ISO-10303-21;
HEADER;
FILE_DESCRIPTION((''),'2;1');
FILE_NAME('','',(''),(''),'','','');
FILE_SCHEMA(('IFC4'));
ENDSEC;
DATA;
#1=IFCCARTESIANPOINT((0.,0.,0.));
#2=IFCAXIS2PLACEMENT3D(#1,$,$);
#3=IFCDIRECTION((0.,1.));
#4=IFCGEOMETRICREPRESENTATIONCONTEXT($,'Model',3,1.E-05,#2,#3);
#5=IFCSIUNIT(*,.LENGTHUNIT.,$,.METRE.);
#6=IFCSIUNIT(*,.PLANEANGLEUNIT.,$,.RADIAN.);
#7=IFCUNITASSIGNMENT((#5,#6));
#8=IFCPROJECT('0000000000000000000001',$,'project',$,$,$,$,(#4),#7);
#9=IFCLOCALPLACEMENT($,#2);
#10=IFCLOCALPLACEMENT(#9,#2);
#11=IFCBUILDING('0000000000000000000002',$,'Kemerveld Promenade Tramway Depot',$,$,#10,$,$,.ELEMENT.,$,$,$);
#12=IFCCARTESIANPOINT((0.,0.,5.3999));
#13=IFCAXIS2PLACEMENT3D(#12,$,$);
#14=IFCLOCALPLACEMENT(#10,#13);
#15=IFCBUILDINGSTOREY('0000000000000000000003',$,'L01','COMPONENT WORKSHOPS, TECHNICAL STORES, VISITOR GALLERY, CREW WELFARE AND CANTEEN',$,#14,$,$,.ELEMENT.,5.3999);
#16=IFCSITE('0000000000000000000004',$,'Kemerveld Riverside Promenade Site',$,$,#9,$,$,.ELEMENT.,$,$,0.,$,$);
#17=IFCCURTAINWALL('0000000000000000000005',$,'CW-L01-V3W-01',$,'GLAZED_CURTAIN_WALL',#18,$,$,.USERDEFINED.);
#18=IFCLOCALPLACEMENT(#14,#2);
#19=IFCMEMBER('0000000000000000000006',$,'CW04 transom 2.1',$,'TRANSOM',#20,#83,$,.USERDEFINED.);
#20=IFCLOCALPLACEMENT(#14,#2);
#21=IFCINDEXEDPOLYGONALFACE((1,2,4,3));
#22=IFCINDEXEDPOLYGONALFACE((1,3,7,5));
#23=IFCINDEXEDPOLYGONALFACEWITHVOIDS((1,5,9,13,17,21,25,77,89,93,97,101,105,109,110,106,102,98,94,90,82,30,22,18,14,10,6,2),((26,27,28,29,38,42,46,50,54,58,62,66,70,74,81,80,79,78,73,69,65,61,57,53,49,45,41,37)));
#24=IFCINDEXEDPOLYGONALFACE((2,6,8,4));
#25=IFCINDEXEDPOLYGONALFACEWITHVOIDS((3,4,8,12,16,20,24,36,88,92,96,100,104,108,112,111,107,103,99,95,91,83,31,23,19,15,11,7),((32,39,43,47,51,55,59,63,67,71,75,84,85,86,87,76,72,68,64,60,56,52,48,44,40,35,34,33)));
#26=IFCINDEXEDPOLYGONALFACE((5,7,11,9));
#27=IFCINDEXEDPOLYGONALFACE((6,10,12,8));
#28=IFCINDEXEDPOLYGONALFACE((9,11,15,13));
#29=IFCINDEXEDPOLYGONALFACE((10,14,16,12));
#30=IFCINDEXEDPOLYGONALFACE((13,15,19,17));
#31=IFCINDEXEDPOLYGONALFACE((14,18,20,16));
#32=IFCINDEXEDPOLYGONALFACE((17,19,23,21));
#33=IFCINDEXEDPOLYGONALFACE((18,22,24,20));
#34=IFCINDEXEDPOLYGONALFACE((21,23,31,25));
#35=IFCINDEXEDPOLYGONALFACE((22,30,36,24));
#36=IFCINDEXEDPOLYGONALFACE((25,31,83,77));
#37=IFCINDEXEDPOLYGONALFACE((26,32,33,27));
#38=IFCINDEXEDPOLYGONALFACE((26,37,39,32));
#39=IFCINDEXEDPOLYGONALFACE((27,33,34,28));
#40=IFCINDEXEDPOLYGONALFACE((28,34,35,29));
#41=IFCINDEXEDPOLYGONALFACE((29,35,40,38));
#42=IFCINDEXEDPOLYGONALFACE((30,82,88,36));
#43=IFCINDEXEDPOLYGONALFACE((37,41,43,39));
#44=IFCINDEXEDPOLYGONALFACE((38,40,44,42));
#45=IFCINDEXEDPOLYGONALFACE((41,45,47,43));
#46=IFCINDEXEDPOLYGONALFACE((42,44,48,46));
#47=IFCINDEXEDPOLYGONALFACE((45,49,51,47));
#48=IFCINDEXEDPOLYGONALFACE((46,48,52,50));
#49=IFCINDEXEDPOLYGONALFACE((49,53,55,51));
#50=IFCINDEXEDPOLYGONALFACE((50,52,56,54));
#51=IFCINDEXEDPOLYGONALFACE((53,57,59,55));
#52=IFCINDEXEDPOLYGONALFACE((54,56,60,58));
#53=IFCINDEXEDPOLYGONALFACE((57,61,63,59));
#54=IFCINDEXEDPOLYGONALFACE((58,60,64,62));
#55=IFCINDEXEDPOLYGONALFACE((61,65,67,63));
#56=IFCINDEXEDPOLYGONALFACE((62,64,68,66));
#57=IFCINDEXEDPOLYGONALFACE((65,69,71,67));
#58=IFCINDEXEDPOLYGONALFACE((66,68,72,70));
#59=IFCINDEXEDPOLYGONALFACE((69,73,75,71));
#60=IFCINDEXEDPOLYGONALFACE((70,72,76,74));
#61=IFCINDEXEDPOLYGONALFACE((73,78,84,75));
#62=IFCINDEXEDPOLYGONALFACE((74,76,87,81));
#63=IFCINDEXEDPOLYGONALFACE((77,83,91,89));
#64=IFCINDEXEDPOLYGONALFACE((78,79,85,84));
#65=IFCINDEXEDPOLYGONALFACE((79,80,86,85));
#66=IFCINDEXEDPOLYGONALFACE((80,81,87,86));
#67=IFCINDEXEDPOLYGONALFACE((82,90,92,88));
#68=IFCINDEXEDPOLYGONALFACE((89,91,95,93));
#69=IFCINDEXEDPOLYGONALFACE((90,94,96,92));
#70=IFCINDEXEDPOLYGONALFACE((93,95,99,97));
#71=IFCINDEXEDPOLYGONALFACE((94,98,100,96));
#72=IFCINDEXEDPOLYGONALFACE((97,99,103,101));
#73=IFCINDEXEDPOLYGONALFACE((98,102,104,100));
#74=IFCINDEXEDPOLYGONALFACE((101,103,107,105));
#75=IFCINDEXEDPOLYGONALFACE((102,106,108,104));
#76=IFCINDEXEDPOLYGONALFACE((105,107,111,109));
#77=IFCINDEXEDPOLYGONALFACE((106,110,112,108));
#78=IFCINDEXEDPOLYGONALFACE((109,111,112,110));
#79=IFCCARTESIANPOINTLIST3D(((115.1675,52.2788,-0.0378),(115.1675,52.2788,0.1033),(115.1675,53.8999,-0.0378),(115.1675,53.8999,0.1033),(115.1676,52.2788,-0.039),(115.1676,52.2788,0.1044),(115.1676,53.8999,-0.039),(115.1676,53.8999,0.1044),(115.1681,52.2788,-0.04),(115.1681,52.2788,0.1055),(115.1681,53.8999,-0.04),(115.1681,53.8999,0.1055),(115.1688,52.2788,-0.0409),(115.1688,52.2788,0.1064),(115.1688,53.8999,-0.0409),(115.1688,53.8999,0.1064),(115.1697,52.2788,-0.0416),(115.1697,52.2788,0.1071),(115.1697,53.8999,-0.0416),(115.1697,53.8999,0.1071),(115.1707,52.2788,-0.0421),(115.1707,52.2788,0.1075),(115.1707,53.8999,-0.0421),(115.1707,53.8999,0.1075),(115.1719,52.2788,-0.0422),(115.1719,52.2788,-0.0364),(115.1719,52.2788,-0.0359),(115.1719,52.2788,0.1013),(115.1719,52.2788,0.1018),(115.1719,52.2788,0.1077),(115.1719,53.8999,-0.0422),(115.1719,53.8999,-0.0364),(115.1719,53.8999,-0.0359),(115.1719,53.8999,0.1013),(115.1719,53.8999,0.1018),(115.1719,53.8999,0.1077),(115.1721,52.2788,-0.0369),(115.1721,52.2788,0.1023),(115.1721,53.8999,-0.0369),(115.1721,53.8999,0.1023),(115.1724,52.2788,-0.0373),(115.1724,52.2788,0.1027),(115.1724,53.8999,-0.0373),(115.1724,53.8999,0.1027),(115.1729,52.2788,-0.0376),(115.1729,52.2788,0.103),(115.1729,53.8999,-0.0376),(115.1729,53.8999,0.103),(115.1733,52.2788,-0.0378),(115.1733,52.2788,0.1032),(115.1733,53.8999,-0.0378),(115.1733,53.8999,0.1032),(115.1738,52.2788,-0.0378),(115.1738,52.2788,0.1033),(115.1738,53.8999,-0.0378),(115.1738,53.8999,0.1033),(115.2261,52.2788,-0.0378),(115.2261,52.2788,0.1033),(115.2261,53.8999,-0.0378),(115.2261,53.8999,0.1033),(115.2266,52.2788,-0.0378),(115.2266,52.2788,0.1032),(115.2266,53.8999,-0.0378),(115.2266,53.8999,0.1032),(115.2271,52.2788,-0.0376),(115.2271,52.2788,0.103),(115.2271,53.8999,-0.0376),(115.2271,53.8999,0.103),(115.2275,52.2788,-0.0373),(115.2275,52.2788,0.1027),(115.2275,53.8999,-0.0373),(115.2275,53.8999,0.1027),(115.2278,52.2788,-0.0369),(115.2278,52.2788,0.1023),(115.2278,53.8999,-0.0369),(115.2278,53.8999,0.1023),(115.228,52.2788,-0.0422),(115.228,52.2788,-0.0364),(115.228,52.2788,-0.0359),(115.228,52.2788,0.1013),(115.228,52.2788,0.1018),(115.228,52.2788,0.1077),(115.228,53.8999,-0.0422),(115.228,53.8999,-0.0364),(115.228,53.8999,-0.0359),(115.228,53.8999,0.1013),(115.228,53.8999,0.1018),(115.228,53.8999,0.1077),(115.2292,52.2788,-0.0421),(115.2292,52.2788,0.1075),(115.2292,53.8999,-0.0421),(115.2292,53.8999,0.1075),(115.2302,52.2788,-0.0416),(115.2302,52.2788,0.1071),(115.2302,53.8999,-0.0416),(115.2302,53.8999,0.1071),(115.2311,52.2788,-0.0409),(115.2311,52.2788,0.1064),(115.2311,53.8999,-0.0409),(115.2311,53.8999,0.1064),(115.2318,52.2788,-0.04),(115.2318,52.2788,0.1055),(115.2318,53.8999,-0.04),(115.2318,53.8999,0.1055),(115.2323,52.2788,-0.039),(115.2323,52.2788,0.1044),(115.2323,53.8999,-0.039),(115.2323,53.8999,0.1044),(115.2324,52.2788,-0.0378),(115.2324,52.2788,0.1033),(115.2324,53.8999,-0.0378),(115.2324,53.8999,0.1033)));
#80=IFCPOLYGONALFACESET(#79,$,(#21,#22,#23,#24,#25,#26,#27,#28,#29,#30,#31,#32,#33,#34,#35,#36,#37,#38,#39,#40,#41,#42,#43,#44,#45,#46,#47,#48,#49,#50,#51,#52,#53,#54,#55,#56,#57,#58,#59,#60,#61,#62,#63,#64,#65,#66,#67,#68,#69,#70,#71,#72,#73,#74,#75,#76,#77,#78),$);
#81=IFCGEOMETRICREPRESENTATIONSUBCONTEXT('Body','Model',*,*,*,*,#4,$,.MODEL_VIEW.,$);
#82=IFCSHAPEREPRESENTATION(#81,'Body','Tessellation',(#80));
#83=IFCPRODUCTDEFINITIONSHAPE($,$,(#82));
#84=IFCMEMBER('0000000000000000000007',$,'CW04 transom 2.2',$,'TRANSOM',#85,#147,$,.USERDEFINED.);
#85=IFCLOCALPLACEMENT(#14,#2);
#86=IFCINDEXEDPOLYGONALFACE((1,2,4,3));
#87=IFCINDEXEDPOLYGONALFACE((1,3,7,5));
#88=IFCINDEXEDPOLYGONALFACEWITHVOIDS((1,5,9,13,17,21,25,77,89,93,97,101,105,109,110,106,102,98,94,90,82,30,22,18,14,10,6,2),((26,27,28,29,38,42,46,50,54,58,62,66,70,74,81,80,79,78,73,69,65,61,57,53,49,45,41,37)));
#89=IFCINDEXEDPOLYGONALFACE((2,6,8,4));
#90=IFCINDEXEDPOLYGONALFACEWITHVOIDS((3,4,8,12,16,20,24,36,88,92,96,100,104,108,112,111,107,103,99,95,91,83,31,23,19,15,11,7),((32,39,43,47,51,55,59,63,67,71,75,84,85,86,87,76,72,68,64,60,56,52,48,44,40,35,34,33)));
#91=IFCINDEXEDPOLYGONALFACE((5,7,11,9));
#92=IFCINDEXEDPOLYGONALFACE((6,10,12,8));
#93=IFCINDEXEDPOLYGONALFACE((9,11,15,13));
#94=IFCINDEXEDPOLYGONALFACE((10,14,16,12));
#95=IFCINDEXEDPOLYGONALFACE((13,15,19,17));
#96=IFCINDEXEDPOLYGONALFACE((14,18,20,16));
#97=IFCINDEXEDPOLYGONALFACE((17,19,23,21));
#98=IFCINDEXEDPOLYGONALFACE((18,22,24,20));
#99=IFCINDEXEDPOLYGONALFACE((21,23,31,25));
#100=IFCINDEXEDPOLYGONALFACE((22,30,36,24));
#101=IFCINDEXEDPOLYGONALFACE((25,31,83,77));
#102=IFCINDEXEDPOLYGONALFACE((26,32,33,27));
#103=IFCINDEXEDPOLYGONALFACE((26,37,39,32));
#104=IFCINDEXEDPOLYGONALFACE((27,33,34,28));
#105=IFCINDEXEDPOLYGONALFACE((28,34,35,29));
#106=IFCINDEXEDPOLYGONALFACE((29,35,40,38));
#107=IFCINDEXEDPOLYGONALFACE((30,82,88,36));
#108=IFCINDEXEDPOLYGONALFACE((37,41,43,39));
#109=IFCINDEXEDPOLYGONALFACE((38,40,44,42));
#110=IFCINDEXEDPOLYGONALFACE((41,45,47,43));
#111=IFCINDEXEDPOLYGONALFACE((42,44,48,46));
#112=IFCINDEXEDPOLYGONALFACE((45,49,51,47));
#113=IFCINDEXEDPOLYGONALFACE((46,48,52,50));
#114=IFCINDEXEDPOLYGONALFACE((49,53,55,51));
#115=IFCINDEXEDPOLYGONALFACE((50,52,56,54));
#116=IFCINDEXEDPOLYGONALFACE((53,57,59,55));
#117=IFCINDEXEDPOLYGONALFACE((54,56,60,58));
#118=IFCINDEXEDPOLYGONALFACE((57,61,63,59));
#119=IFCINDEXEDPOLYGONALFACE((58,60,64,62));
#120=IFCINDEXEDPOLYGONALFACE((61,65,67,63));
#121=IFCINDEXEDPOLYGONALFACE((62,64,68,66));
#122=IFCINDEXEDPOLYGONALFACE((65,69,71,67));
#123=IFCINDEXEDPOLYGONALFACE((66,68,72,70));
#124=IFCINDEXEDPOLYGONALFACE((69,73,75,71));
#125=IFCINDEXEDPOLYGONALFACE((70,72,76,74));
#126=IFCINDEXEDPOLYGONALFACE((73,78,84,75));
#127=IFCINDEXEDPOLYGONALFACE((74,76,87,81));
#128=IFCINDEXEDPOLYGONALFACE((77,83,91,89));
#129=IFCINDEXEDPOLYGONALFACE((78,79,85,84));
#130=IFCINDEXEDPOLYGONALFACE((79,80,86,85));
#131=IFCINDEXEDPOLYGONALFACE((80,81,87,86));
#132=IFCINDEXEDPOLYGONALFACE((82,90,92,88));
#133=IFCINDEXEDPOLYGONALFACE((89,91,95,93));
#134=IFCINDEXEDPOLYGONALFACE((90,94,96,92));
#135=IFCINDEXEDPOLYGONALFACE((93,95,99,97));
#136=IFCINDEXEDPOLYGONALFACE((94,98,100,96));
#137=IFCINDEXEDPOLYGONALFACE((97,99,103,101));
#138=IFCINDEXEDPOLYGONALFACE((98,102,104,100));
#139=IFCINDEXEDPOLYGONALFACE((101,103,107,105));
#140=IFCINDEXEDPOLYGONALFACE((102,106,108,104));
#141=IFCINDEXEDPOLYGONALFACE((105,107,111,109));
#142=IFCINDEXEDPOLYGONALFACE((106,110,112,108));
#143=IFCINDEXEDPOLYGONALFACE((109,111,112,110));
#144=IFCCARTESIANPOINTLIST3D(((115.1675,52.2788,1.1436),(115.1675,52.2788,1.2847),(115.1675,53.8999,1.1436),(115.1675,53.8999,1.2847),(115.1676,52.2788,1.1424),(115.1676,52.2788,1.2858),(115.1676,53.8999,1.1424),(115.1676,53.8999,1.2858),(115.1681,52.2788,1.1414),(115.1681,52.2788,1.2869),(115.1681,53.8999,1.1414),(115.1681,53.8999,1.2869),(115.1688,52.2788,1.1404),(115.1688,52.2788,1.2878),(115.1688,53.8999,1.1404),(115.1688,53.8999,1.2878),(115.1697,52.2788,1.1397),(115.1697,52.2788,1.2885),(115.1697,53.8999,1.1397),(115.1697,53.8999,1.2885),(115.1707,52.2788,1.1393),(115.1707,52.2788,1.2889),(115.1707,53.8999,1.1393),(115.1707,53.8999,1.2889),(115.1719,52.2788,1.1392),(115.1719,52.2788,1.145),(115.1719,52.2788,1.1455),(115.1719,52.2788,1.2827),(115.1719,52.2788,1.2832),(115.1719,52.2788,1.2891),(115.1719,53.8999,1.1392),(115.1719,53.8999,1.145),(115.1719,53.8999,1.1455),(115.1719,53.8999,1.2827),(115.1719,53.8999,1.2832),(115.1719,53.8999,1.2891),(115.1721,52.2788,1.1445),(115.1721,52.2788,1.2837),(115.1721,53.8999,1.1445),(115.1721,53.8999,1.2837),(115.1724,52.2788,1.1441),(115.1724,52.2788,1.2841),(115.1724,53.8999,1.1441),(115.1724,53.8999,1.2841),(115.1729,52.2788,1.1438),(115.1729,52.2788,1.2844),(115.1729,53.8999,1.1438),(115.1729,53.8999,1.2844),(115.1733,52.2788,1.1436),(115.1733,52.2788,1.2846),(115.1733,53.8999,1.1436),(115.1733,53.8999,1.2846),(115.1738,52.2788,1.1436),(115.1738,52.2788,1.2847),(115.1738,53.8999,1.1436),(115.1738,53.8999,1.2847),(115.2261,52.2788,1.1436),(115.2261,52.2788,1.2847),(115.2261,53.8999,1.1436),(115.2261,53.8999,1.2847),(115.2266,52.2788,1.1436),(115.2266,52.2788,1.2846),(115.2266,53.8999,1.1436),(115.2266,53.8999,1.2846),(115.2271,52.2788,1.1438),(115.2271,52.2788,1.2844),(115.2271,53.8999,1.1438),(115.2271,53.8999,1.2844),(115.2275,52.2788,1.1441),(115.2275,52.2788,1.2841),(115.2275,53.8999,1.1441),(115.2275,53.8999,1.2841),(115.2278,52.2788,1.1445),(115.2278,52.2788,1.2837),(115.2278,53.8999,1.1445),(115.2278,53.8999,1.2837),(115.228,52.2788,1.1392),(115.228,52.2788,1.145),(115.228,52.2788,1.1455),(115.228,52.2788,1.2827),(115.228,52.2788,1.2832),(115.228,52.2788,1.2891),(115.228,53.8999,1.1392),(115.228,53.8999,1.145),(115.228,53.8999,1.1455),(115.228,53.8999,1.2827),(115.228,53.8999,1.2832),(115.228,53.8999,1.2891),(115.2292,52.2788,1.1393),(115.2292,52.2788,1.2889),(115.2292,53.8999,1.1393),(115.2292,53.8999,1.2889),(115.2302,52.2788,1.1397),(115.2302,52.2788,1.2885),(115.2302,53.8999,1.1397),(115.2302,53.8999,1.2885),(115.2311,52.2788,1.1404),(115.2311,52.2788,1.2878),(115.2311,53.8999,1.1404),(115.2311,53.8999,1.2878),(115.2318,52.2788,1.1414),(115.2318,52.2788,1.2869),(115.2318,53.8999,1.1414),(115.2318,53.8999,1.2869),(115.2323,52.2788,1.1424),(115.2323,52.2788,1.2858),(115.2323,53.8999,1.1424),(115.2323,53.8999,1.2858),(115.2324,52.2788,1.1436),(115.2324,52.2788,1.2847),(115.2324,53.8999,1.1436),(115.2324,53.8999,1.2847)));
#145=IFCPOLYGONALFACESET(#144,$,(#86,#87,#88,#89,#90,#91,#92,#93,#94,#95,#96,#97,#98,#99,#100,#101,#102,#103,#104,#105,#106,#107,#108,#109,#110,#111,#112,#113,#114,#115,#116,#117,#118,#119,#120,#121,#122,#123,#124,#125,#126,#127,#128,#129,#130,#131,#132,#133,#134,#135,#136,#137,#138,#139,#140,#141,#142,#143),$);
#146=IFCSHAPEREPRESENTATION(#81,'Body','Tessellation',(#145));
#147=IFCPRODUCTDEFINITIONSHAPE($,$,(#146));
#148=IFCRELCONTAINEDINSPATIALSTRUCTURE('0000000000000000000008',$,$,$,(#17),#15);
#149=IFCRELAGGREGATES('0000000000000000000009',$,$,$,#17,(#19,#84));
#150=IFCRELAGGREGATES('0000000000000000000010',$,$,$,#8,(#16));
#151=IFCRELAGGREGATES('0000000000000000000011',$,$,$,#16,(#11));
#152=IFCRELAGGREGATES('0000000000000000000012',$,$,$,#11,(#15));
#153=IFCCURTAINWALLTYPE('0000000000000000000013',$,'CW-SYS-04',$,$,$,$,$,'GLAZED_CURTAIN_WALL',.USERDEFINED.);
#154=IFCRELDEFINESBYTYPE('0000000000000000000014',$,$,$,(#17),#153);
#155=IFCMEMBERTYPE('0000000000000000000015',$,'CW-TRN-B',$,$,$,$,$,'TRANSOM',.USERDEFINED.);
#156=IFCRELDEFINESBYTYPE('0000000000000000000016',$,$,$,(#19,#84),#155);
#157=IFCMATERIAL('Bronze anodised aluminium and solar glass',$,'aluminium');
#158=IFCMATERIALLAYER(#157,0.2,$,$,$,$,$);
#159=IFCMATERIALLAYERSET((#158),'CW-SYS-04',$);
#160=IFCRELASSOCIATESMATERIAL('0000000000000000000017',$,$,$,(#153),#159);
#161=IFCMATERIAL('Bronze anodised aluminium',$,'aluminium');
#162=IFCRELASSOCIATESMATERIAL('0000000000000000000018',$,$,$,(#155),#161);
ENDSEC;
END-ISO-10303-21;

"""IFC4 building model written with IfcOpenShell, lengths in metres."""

from ifc_helpers import new_model, si_unit, direction, frame, origin, origin_2d, place, context, subcontext, project, spatial, hollow_rectangle, extrude, material, layer, layer_set, material_profile, profile_set, type_object, element, aggregate, save


model = new_model("IFC4")

# Units and contexts
model_context = context("Model", 3, precision=1e-05, world=origin(), true_north=direction((0.0, 1.0)))
body_context = subcontext(model_context, "Body", "Model", "MODEL_VIEW")
ifc_project = project(units=[si_unit("LENGTHUNIT", "METRE"), si_unit("PLANEANGLEUNIT", "RADIAN")], contexts=[model_context])

# Site, building, storey
site_placement = place(None, origin())
site = spatial("IfcSite", under=ifc_project, at=site_placement, Name="Kemerveld Riverside Promenade Site", CompositionType="ELEMENT", RefElevation=0.0)
building_placement = place(site_placement, origin())
building = spatial("IfcBuilding", under=site, at=building_placement, Name="Kemerveld Promenade Tramway Depot", CompositionType="ELEMENT")
storey_placement = place(building_placement, frame((0.0, 0.0, 5.3999)))
storey = spatial("IfcBuildingStorey", under=building, at=storey_placement, Name="L01", Description="COMPONENT WORKSHOPS, TECHNICAL STORES, VISITOR GALLERY, CREW WELFARE AND CANTEEN", CompositionType="ELEMENT", Elevation=5.3999)

# Curtain wall, members
ifc_material_1 = material(Name="Bronze anodised aluminium and solar glass", Category="aluminium")
ifc_layer_1 = layer(ifc_material_1, 0.2)
ifc_layer_set_1 = layer_set([ifc_layer_1], Name="CW-SYS-04")
curtain_wall_type = type_object("IfcCurtainWallType", Name="CW-SYS-04", ElementType="GLAZED_CURTAIN_WALL", PredefinedType="USERDEFINED", material=ifc_layer_set_1)
curtain_wall_placement = place(storey_placement, origin())
curtain_wall = element("IfcCurtainWall", 1, at=curtain_wall_placement, inside=storey, type_object=curtain_wall_type, Name="CW-L01-V3W-01", ObjectType="GLAZED_CURTAIN_WALL", PredefinedType="USERDEFINED")
ifc_material_2 = material(Name="Bronze anodised aluminium", Category="aluminium")
ifc_material_profile_1 = material_profile(ifc_material_2, hollow_rectangle(XDim=0.0649, YDim=0.1499, WallThickness=0.0044, InnerFilletRadius=0.002, OuterFilletRadius=0.0044, at=origin_2d()), Name="CW-TRN-150x65")
ifc_profile_set_1 = profile_set([ifc_material_profile_1], Name="Bronze anodised aluminium")
member_type_1 = type_object("IfcMemberType", Name="CW-TRN-B", ElementType="TRANSOM", PredefinedType="USERDEFINED", material=ifc_profile_set_1)
member_1_placement = place(storey_placement, frame((115.2, 52.2788, 0.0327), z_axis=(0.0, 1.0, 0.0), x_axis=(-1.0, 0.0, 0.0)))
member_1 = element("IfcMember", 2, at=member_1_placement, type_object=member_type_1, Name="CW04 transom 2.1", ObjectType="TRANSOM", PredefinedType="USERDEFINED", context=body_context, shape_type="SweptSolid", body=[
    extrude(hollow_rectangle(XDim=0.0649, YDim=0.1499, WallThickness=0.0044, InnerFilletRadius=0.002, OuterFilletRadius=0.0044, at=origin_2d()), origin(), (0.0, 0.0, 1.0), 1.6211),
])
member_2_placement = place(storey_placement, frame((115.2, 52.2788, 1.2141), z_axis=(0.0, 1.0, 0.0), x_axis=(-1.0, 0.0, 0.0)))
member_2 = element("IfcMember", 3, at=member_2_placement, type_object=member_type_1, Name="CW04 transom 2.2", ObjectType="TRANSOM", PredefinedType="USERDEFINED", context=body_context, shape_type="SweptSolid", body=[
    extrude(hollow_rectangle(XDim=0.0649, YDim=0.1499, WallThickness=0.0044, InnerFilletRadius=0.002, OuterFilletRadius=0.0044, at=origin_2d()), origin(), (0.0, 0.0, 1.0), 1.6211),
])
aggregate(curtain_wall, [member_1, member_2])

save(model, "model.ifc")
